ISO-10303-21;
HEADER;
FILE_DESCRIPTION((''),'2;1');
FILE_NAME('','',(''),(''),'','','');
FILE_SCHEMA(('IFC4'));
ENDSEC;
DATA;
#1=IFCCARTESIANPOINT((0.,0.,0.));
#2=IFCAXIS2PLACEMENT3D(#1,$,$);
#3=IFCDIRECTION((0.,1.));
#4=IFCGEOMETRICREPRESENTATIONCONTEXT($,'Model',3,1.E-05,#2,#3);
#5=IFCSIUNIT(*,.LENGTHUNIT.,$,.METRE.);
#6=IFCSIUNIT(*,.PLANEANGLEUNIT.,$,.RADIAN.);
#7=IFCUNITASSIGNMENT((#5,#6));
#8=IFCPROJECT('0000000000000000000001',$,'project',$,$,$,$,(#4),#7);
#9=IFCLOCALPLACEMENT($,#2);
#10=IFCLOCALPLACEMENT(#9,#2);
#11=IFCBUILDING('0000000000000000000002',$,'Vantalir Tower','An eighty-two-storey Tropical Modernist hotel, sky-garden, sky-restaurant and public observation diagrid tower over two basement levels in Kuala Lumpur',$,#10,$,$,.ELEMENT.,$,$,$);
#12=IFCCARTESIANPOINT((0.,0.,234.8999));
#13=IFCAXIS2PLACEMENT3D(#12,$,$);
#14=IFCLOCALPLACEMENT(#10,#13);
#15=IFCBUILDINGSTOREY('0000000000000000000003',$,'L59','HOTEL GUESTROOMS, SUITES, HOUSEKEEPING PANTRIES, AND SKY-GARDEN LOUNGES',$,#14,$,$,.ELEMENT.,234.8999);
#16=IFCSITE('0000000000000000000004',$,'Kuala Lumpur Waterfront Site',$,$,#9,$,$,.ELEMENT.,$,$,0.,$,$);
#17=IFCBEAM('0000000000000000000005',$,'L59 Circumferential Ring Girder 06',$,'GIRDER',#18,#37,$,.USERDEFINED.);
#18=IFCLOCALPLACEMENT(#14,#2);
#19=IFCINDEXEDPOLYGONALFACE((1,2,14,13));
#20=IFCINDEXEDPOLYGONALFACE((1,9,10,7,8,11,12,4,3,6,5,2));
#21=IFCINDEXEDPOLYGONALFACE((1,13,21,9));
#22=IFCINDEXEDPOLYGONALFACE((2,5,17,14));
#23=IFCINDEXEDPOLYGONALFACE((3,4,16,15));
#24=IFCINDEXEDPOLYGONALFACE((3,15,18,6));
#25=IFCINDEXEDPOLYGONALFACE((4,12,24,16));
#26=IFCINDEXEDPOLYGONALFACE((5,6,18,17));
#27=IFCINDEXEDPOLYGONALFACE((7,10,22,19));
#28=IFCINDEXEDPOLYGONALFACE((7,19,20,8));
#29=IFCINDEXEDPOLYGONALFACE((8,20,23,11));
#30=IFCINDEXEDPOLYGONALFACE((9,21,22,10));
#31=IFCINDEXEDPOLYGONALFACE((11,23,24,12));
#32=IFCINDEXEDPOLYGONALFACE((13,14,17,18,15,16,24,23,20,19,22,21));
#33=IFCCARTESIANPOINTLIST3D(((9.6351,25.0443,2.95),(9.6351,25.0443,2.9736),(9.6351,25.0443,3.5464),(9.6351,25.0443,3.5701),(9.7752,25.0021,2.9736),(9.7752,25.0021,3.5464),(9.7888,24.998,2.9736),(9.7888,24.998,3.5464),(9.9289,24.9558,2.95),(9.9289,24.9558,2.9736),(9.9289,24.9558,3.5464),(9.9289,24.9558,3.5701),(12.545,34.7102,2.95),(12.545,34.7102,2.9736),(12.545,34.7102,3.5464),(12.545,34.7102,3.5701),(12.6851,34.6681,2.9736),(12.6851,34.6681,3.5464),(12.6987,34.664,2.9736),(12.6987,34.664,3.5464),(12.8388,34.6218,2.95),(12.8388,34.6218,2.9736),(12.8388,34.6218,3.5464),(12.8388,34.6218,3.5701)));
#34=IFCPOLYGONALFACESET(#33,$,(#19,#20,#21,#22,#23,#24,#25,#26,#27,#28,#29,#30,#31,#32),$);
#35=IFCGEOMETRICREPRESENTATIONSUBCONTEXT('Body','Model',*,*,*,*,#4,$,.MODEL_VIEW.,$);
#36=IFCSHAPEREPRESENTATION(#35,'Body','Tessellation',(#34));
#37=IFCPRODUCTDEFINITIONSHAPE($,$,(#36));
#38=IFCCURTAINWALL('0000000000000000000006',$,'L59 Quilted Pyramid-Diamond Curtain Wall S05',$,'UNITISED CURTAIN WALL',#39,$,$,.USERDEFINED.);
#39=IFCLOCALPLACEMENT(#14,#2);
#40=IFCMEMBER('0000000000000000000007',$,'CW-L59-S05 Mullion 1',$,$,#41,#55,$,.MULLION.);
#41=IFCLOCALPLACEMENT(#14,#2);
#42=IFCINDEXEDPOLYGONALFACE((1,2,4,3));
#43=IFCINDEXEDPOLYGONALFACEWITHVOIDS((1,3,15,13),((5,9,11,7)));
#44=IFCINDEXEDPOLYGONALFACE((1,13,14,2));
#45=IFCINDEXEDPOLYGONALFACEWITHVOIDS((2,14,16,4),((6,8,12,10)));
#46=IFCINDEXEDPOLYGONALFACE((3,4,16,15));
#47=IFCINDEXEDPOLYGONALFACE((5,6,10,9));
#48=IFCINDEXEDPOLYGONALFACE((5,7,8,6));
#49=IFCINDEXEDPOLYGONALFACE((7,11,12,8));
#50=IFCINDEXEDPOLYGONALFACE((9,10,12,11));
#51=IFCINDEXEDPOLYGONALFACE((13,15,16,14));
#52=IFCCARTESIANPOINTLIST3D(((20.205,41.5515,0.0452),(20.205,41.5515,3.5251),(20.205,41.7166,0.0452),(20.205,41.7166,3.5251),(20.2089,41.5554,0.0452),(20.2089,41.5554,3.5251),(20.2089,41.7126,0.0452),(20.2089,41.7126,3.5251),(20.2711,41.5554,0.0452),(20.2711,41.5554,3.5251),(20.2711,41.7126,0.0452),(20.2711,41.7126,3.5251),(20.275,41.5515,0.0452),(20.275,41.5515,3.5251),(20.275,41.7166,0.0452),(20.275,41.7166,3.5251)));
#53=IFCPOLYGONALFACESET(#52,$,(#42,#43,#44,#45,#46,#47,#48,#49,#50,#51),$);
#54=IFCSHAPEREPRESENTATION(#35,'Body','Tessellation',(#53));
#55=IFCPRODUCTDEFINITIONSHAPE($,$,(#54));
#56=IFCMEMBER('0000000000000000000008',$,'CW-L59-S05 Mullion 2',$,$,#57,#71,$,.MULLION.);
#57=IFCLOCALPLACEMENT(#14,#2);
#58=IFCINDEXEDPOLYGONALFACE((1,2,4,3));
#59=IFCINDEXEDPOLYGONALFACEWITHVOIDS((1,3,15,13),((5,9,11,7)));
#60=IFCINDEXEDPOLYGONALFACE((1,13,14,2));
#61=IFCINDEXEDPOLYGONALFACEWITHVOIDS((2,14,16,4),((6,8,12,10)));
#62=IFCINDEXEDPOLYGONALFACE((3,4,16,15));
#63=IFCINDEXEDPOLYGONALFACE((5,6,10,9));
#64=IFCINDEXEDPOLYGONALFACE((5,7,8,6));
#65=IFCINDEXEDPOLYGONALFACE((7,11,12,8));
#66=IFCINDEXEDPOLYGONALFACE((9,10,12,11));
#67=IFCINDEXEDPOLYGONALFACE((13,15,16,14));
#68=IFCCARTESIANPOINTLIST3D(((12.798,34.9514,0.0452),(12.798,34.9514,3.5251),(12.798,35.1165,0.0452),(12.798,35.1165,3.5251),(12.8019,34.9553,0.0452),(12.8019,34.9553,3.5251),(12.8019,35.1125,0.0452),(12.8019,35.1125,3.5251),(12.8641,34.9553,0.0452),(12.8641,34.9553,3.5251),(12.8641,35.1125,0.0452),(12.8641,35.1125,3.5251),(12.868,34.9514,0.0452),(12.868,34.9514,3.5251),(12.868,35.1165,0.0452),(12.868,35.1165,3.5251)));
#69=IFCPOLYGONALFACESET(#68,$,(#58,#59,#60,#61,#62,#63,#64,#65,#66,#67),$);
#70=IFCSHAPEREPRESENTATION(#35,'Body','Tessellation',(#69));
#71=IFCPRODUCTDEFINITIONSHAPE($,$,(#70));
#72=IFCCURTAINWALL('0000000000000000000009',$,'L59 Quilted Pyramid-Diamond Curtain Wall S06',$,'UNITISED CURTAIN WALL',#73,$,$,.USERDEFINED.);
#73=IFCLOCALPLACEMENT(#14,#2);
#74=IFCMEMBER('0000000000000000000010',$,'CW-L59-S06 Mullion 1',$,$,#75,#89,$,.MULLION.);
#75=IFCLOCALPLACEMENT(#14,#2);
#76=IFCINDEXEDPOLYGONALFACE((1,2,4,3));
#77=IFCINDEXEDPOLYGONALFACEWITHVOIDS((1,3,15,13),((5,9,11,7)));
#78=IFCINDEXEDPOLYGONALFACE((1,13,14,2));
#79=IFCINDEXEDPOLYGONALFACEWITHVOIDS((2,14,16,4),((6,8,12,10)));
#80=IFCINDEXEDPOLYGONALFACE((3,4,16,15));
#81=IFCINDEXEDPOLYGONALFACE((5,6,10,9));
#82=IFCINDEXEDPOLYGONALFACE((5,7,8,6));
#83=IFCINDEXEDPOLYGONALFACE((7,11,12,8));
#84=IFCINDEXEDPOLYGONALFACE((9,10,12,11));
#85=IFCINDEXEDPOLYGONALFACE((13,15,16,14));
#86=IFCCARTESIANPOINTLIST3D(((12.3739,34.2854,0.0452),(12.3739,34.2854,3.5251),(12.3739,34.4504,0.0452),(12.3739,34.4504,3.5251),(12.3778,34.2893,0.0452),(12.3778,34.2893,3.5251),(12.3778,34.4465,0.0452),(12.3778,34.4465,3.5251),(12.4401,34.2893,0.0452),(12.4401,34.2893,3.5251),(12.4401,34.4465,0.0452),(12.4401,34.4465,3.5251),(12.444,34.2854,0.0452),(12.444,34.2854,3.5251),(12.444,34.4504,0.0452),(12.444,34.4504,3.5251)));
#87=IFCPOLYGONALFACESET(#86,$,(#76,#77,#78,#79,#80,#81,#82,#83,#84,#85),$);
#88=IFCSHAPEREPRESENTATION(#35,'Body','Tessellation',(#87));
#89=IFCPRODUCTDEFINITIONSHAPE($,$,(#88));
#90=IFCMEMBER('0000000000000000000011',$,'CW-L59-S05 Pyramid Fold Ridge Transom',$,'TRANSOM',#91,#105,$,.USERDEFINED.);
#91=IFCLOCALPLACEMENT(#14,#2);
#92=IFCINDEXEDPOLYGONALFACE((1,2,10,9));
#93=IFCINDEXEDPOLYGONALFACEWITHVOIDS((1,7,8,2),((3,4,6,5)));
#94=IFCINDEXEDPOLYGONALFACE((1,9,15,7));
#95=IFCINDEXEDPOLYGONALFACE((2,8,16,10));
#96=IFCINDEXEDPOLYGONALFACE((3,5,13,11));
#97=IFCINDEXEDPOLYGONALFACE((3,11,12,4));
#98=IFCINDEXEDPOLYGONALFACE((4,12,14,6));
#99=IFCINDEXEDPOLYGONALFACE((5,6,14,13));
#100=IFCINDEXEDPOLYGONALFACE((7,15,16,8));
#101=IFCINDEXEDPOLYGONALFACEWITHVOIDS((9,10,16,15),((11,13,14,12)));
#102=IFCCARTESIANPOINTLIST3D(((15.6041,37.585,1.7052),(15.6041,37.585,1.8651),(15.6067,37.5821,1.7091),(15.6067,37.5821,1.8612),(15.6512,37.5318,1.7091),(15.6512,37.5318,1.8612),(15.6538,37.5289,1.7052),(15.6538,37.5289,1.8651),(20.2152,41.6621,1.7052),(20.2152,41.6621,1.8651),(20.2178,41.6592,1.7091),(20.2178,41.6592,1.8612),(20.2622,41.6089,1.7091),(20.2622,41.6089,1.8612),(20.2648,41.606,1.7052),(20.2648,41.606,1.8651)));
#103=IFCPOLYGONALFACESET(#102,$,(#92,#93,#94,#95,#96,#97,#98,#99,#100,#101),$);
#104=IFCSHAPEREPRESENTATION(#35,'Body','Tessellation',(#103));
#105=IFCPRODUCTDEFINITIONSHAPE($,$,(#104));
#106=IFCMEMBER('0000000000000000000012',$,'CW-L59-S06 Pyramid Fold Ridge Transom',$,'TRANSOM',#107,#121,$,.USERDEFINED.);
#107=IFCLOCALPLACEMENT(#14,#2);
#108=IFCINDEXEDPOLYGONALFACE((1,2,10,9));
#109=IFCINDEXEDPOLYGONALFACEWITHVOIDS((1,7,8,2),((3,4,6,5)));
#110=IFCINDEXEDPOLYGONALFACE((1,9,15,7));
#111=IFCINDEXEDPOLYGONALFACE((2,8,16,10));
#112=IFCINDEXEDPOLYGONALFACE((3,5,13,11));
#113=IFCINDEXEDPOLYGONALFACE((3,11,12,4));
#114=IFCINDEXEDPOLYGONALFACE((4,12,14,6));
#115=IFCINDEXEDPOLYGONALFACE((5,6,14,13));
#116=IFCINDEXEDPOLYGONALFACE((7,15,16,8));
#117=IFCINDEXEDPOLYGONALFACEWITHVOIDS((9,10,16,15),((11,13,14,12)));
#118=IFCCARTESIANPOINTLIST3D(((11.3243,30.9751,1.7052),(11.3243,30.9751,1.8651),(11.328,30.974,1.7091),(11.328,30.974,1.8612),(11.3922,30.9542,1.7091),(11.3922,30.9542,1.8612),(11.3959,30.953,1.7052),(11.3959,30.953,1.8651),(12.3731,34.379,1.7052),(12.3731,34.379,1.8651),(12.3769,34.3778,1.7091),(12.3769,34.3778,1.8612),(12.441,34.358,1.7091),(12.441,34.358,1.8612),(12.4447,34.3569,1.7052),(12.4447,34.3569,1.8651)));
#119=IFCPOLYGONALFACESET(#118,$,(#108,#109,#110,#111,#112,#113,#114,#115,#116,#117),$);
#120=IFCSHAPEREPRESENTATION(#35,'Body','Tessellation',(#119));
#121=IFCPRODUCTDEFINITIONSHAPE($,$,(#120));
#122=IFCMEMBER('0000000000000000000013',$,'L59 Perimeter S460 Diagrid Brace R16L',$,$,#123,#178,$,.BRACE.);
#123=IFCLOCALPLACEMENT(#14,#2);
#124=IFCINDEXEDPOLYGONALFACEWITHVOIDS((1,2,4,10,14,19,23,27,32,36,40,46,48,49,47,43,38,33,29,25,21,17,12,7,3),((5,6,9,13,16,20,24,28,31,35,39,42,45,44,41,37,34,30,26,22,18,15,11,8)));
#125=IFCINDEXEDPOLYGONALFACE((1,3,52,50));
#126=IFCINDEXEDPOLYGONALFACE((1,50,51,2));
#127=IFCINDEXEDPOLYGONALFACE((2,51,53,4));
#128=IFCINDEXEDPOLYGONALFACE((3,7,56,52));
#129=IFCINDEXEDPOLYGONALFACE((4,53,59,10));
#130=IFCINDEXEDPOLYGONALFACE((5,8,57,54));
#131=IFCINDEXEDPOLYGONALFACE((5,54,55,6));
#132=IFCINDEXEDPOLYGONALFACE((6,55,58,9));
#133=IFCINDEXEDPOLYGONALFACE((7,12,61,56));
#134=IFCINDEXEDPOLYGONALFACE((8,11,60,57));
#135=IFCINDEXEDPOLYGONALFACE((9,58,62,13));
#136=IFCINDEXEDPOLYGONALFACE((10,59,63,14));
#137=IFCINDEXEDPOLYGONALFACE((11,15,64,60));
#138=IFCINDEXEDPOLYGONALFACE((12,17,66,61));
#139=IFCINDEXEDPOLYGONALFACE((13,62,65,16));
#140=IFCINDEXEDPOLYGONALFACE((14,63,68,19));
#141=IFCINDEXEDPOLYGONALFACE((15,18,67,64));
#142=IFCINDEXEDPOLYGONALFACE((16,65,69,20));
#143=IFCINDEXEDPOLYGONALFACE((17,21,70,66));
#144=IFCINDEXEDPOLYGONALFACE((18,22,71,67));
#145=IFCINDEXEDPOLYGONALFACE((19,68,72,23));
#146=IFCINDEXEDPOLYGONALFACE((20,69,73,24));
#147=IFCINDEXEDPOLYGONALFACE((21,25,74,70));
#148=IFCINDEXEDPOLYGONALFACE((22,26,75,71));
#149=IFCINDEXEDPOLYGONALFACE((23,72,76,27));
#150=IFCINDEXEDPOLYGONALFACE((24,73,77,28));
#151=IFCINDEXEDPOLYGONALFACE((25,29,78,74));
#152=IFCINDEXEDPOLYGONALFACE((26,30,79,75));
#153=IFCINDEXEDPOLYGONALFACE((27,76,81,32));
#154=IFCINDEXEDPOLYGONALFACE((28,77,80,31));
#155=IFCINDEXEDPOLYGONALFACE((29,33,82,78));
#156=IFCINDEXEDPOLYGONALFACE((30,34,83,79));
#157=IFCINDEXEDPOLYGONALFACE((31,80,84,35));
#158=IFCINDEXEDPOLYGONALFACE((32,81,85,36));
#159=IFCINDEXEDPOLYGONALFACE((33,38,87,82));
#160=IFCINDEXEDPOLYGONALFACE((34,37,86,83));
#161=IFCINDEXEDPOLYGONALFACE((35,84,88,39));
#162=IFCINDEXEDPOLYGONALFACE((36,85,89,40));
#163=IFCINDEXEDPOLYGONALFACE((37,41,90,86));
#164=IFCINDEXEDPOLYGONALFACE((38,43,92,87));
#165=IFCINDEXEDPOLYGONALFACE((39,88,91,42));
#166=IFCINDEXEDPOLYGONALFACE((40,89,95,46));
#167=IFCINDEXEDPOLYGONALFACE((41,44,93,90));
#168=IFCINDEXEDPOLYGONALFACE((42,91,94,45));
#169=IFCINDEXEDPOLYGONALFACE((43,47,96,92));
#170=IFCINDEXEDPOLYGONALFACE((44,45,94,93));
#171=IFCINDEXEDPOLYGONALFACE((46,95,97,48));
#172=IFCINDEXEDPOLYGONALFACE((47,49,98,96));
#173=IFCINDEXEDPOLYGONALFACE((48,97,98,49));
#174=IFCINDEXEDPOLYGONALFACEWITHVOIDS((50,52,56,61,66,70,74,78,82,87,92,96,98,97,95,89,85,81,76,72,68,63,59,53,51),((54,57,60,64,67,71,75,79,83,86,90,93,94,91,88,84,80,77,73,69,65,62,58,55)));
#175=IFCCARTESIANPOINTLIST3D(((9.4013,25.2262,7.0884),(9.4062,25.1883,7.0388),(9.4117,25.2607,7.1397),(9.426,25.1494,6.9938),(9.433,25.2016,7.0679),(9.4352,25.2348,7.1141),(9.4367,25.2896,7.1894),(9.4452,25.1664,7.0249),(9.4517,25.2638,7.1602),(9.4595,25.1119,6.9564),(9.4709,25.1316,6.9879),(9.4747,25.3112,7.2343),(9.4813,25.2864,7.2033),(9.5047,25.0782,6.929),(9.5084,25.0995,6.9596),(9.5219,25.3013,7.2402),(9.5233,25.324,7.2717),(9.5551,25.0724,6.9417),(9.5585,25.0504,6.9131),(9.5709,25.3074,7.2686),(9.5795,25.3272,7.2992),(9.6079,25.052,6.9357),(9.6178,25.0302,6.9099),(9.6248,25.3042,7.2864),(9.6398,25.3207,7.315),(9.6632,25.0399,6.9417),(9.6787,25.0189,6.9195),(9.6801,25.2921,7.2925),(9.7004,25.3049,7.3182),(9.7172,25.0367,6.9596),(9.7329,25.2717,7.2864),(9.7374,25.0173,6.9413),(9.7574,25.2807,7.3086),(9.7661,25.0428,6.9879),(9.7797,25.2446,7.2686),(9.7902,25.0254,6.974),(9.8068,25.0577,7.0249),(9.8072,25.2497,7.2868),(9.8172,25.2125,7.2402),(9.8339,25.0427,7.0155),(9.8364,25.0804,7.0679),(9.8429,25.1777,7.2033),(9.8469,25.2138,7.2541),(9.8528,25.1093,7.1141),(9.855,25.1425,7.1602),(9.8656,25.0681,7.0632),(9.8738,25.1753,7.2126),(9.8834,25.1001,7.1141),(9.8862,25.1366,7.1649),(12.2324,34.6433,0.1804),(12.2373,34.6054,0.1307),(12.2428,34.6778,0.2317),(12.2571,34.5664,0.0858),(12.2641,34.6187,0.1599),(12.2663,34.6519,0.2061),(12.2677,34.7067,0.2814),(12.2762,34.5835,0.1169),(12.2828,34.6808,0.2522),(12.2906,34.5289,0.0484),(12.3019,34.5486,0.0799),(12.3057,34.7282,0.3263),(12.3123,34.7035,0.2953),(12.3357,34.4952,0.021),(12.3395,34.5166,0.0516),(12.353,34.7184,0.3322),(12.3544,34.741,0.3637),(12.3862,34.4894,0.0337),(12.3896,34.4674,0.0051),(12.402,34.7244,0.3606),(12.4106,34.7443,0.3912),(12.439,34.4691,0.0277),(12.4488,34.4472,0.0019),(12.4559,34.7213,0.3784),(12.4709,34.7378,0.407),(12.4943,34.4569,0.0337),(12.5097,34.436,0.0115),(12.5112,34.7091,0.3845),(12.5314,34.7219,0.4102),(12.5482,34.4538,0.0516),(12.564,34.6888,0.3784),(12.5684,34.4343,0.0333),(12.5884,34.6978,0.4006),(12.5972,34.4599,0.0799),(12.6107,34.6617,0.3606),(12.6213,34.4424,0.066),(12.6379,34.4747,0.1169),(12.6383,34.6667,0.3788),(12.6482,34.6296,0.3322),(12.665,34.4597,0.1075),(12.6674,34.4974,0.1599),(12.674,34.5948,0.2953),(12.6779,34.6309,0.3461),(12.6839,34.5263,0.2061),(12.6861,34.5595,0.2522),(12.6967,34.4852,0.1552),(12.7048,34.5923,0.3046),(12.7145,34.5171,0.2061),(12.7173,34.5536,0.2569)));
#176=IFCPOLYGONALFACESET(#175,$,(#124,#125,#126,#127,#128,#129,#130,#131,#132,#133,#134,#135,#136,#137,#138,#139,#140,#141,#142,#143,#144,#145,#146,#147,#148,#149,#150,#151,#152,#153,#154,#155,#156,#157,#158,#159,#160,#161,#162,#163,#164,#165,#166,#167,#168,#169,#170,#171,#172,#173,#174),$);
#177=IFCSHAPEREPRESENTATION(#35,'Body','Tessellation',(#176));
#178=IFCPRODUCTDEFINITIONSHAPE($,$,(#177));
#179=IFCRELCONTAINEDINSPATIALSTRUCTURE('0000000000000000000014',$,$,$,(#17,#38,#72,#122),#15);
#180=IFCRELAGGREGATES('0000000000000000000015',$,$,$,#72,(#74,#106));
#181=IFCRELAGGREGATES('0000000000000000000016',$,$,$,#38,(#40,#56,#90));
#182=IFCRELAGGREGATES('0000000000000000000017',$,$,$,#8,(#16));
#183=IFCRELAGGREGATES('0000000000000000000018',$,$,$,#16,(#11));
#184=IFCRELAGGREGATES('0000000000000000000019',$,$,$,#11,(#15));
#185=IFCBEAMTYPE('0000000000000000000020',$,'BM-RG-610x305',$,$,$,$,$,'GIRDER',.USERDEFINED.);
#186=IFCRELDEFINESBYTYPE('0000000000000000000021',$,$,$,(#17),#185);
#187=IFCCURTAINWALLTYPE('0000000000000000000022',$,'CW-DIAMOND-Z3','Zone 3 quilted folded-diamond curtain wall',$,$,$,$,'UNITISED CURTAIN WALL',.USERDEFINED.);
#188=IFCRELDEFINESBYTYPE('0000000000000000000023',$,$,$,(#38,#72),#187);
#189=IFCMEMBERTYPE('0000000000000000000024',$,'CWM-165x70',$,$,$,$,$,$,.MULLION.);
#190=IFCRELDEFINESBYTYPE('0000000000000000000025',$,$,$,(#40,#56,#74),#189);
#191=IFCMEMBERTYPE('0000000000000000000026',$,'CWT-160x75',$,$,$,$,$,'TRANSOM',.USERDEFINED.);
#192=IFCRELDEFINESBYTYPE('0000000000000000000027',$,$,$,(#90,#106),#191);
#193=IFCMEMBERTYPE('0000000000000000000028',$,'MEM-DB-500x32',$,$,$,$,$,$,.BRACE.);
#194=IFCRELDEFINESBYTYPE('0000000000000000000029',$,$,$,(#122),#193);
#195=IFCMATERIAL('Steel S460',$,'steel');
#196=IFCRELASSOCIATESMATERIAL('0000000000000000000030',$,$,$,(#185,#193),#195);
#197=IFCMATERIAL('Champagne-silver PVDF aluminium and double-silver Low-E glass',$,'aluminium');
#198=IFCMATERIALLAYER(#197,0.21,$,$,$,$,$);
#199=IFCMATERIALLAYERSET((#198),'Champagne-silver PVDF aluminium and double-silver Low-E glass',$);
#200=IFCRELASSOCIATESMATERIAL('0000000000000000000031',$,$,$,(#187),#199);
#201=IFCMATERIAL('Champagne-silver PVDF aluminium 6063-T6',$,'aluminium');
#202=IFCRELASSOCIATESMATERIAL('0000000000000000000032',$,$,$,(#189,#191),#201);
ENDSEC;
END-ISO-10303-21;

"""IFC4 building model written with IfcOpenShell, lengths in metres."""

from ifc_helpers import new_model, si_unit, direction, frame, origin, origin_2d, place, context, subcontext, project, spatial, hollow_rectangle, hollow_circle, i_section, extrude, material, layer, layer_set, material_profile, profile_set, type_object, element, aggregate, save


model = new_model("IFC4")

# Units and contexts
model_context = context("Model", 3, precision=1e-05, world=origin(), true_north=direction((0.0, 1.0)))
body_context = subcontext(model_context, "Body", "Model", "MODEL_VIEW")
ifc_project = project(units=[si_unit("LENGTHUNIT", "METRE"), si_unit("PLANEANGLEUNIT", "RADIAN")], contexts=[model_context])

# Site, building, storey
site_placement = place(None, origin())
site = spatial("IfcSite", under=ifc_project, at=site_placement, Name="Kuala Lumpur Waterfront Site", CompositionType="ELEMENT", RefElevation=0.0)
building_placement = place(site_placement, origin())
building = spatial("IfcBuilding", under=site, at=building_placement, Name="Vantalir Tower", Description="An eighty-two-storey Tropical Modernist hotel, sky-garden, sky-restaurant and public observation diagrid tower over two basement levels in Kuala Lumpur", CompositionType="ELEMENT")
storey_placement = place(building_placement, frame((0.0, 0.0, 234.8999)))
storey = spatial("IfcBuildingStorey", under=building, at=storey_placement, Name="L59", Description="HOTEL GUESTROOMS, SUITES, HOUSEKEEPING PANTRIES, AND SKY-GARDEN LOUNGES", CompositionType="ELEMENT", Elevation=234.8999)

# Shared definitions
ifc_material_1 = material(Name="Steel S460", Category="steel")

# Beam
ifc_material_profile_1 = material_profile(ifc_material_1, i_section(OverallWidth=0.3069, OverallDepth=0.6201, WebThickness=0.0142, FlangeThickness=0.0237, at=origin_2d()), Name="Steel S460")
ifc_profile_set_1 = profile_set([ifc_material_profile_1], Name="Steel S460")
beam_type_1 = type_object("IfcBeamType", Name="BM-RG-610x305", ElementType="GIRDER", PredefinedType="USERDEFINED", material=ifc_profile_set_1)
beam_1_placement = place(storey_placement, frame((12.6919, 34.666, 3.26), z_axis=(-0.288266, -0.95755, 0.0), x_axis=(0.95755, -0.288266, 0.0)))
element("IfcBeam", 1, at=beam_1_placement, inside=storey, type_object=beam_type_1, Name="L59 Circumferential Ring Girder 06", ObjectType="GIRDER", PredefinedType="USERDEFINED", context=body_context, shape_type="SweptSolid", body=[
    extrude(i_section(OverallWidth=0.3069, OverallDepth=0.6201, WebThickness=0.0142, FlangeThickness=0.0237, at=origin_2d()), origin(), (0.0, 0.0, 1.0), 10.0945),
])

# Curtain wall, members
ifc_material_2 = material(Name="Champagne-silver PVDF aluminium and double-silver Low-E glass", Category="aluminium")
ifc_layer_1 = layer(ifc_material_2, 0.21)
ifc_layer_set_1 = layer_set([ifc_layer_1], Name="Champagne-silver PVDF aluminium and double-silver Low-E glass")
curtain_wall_type = type_object("IfcCurtainWallType", Name="CW-DIAMOND-Z3", Description="Zone 3 quilted folded-diamond curtain wall", ElementType="UNITISED CURTAIN WALL", PredefinedType="USERDEFINED", material=ifc_layer_set_1)
curtain_wall_1_placement = place(storey_placement, origin())
curtain_wall_1 = element("IfcCurtainWall", 2, at=curtain_wall_1_placement, inside=storey, type_object=curtain_wall_type, Name="L59 Quilted Pyramid-Diamond Curtain Wall S05", ObjectType="UNITISED CURTAIN WALL", PredefinedType="USERDEFINED")
ifc_material_3 = material(Name="Champagne-silver PVDF aluminium 6063-T6", Category="aluminium")
ifc_material_profile_2 = material_profile(ifc_material_3, hollow_rectangle(XDim=0.0701, YDim=0.165, WallThickness=0.0039, at=origin_2d()), Name="Champagne-silver PVDF aluminium 6063-T6")
ifc_profile_set_2 = profile_set([ifc_material_profile_2], Name="Champagne-silver PVDF aluminium 6063-T6")
member_type_1 = type_object("IfcMemberType", Name="CWM-165x70", PredefinedType="MULLION", material=ifc_profile_set_2)
member_1_placement = place(storey_placement, frame((20.24, 41.634, 0.0452), z_axis=(0.0, 0.0, 1.0), x_axis=(1.0, 0.0, 0.0)))
member_1 = element("IfcMember", 3, at=member_1_placement, type_object=member_type_1, Name="CW-L59-S05 Mullion 1", PredefinedType="MULLION", context=body_context, shape_type="SweptSolid", body=[
    extrude(hollow_rectangle(XDim=0.0701, YDim=0.165, WallThickness=0.0039, at=origin_2d()), origin(), (0.0, 0.0, 1.0), 3.48),
])
member_2_placement = place(storey_placement, frame((12.833, 35.0339, 0.0452), z_axis=(0.0, 0.0, 1.0), x_axis=(1.0, 0.0, 0.0)))
member_2 = element("IfcMember", 4, at=member_2_placement, type_object=member_type_1, Name="CW-L59-S05 Mullion 2", PredefinedType="MULLION", context=body_context, shape_type="SweptSolid", body=[
    extrude(hollow_rectangle(XDim=0.0701, YDim=0.165, WallThickness=0.0039, at=origin_2d()), origin(), (0.0, 0.0, 1.0), 3.48),
])

# Curtain wall, member
curtain_wall_2_placement = place(storey_placement, origin())
curtain_wall_2 = element("IfcCurtainWall", 5, at=curtain_wall_2_placement, inside=storey, type_object=curtain_wall_type, Name="L59 Quilted Pyramid-Diamond Curtain Wall S06", ObjectType="UNITISED CURTAIN WALL", PredefinedType="USERDEFINED")
member_3_placement = place(storey_placement, frame((12.4089, 34.3679, 0.0452), z_axis=(0.0, 0.0, 1.0), x_axis=(1.0, 0.0, 0.0)))
member_3 = element("IfcMember", 6, at=member_3_placement, type_object=member_type_1, Name="CW-L59-S06 Mullion 1", PredefinedType="MULLION", context=body_context, shape_type="SweptSolid", body=[
    extrude(hollow_rectangle(XDim=0.0701, YDim=0.165, WallThickness=0.0039, at=origin_2d()), origin(), (0.0, 0.0, 1.0), 3.48),
])

# Members
ifc_material_profile_3 = material_profile(ifc_material_3, hollow_rectangle(XDim=0.075, YDim=0.1599, WallThickness=0.0039, at=origin_2d()), Name="Champagne-silver PVDF aluminium 6063-T6")
ifc_profile_set_3 = profile_set([ifc_material_profile_3], Name="Champagne-silver PVDF aluminium 6063-T6")
member_type_2 = type_object("IfcMemberType", Name="CWT-160x75", ElementType="TRANSOM", PredefinedType="USERDEFINED", material=ifc_profile_set_3)
member_4_placement = place(storey_placement, frame((20.24, 41.634, 1.7852), z_axis=(-0.749149, -0.662402, 0.0), x_axis=(0.662402, -0.749149, 0.0)))
member_4 = element("IfcMember", 7, at=member_4_placement, type_object=member_type_2, Name="CW-L59-S05 Pyramid Fold Ridge Transom", ObjectType="TRANSOM", PredefinedType="USERDEFINED", context=body_context, shape_type="SweptSolid", body=[
    extrude(hollow_rectangle(XDim=0.075, YDim=0.1599, WallThickness=0.0039, at=origin_2d()), origin(), (0.0, 0.0, 1.0), 6.155),
])
member_5_placement = place(storey_placement, frame((12.4089, 34.3679, 1.7852), z_axis=(-0.294471, -0.95566, 0.0), x_axis=(0.95566, -0.294471, 0.0)))
member_5 = element("IfcMember", 8, at=member_5_placement, type_object=member_type_2, Name="CW-L59-S06 Pyramid Fold Ridge Transom", ObjectType="TRANSOM", PredefinedType="USERDEFINED", context=body_context, shape_type="SweptSolid", body=[
    extrude(hollow_rectangle(XDim=0.075, YDim=0.1599, WallThickness=0.0039, at=origin_2d()), origin(), (0.0, 0.0, 1.0), 3.5618),
])
aggregate(curtain_wall_2, [member_3, member_5])

# Member
ifc_material_profile_4 = material_profile(ifc_material_1, hollow_circle(Radius=0.25, WallThickness=0.032, at=origin_2d()), Name="Steel S460")
ifc_profile_set_4 = profile_set([ifc_material_profile_4], Name="Steel S460")
member_type_3 = type_object("IfcMemberType", Name="MEM-DB-500x32", PredefinedType="BRACE", material=ifc_profile_set_4)
member_6_placement = place(storey_placement, frame((12.4751, 34.5891, 0.2061), z_axis=(-0.235582, -0.783622, 0.574836), x_axis=(0.957659, -0.287904, 0.0)))
element("IfcMember", 9, at=member_6_placement, inside=storey, type_object=member_type_3, Name="L59 Perimeter S460 Diagrid Brace R16L", PredefinedType="BRACE", context=body_context, shape_type="SweptSolid", body=[
    extrude(hollow_circle(Radius=0.25, WallThickness=0.032, at=origin_2d()), origin(), (0.0, 0.0, 1.0), 12.0173),
])

aggregate(curtain_wall_1, [member_1, member_2, member_4])

save(model, "model.ifc")
